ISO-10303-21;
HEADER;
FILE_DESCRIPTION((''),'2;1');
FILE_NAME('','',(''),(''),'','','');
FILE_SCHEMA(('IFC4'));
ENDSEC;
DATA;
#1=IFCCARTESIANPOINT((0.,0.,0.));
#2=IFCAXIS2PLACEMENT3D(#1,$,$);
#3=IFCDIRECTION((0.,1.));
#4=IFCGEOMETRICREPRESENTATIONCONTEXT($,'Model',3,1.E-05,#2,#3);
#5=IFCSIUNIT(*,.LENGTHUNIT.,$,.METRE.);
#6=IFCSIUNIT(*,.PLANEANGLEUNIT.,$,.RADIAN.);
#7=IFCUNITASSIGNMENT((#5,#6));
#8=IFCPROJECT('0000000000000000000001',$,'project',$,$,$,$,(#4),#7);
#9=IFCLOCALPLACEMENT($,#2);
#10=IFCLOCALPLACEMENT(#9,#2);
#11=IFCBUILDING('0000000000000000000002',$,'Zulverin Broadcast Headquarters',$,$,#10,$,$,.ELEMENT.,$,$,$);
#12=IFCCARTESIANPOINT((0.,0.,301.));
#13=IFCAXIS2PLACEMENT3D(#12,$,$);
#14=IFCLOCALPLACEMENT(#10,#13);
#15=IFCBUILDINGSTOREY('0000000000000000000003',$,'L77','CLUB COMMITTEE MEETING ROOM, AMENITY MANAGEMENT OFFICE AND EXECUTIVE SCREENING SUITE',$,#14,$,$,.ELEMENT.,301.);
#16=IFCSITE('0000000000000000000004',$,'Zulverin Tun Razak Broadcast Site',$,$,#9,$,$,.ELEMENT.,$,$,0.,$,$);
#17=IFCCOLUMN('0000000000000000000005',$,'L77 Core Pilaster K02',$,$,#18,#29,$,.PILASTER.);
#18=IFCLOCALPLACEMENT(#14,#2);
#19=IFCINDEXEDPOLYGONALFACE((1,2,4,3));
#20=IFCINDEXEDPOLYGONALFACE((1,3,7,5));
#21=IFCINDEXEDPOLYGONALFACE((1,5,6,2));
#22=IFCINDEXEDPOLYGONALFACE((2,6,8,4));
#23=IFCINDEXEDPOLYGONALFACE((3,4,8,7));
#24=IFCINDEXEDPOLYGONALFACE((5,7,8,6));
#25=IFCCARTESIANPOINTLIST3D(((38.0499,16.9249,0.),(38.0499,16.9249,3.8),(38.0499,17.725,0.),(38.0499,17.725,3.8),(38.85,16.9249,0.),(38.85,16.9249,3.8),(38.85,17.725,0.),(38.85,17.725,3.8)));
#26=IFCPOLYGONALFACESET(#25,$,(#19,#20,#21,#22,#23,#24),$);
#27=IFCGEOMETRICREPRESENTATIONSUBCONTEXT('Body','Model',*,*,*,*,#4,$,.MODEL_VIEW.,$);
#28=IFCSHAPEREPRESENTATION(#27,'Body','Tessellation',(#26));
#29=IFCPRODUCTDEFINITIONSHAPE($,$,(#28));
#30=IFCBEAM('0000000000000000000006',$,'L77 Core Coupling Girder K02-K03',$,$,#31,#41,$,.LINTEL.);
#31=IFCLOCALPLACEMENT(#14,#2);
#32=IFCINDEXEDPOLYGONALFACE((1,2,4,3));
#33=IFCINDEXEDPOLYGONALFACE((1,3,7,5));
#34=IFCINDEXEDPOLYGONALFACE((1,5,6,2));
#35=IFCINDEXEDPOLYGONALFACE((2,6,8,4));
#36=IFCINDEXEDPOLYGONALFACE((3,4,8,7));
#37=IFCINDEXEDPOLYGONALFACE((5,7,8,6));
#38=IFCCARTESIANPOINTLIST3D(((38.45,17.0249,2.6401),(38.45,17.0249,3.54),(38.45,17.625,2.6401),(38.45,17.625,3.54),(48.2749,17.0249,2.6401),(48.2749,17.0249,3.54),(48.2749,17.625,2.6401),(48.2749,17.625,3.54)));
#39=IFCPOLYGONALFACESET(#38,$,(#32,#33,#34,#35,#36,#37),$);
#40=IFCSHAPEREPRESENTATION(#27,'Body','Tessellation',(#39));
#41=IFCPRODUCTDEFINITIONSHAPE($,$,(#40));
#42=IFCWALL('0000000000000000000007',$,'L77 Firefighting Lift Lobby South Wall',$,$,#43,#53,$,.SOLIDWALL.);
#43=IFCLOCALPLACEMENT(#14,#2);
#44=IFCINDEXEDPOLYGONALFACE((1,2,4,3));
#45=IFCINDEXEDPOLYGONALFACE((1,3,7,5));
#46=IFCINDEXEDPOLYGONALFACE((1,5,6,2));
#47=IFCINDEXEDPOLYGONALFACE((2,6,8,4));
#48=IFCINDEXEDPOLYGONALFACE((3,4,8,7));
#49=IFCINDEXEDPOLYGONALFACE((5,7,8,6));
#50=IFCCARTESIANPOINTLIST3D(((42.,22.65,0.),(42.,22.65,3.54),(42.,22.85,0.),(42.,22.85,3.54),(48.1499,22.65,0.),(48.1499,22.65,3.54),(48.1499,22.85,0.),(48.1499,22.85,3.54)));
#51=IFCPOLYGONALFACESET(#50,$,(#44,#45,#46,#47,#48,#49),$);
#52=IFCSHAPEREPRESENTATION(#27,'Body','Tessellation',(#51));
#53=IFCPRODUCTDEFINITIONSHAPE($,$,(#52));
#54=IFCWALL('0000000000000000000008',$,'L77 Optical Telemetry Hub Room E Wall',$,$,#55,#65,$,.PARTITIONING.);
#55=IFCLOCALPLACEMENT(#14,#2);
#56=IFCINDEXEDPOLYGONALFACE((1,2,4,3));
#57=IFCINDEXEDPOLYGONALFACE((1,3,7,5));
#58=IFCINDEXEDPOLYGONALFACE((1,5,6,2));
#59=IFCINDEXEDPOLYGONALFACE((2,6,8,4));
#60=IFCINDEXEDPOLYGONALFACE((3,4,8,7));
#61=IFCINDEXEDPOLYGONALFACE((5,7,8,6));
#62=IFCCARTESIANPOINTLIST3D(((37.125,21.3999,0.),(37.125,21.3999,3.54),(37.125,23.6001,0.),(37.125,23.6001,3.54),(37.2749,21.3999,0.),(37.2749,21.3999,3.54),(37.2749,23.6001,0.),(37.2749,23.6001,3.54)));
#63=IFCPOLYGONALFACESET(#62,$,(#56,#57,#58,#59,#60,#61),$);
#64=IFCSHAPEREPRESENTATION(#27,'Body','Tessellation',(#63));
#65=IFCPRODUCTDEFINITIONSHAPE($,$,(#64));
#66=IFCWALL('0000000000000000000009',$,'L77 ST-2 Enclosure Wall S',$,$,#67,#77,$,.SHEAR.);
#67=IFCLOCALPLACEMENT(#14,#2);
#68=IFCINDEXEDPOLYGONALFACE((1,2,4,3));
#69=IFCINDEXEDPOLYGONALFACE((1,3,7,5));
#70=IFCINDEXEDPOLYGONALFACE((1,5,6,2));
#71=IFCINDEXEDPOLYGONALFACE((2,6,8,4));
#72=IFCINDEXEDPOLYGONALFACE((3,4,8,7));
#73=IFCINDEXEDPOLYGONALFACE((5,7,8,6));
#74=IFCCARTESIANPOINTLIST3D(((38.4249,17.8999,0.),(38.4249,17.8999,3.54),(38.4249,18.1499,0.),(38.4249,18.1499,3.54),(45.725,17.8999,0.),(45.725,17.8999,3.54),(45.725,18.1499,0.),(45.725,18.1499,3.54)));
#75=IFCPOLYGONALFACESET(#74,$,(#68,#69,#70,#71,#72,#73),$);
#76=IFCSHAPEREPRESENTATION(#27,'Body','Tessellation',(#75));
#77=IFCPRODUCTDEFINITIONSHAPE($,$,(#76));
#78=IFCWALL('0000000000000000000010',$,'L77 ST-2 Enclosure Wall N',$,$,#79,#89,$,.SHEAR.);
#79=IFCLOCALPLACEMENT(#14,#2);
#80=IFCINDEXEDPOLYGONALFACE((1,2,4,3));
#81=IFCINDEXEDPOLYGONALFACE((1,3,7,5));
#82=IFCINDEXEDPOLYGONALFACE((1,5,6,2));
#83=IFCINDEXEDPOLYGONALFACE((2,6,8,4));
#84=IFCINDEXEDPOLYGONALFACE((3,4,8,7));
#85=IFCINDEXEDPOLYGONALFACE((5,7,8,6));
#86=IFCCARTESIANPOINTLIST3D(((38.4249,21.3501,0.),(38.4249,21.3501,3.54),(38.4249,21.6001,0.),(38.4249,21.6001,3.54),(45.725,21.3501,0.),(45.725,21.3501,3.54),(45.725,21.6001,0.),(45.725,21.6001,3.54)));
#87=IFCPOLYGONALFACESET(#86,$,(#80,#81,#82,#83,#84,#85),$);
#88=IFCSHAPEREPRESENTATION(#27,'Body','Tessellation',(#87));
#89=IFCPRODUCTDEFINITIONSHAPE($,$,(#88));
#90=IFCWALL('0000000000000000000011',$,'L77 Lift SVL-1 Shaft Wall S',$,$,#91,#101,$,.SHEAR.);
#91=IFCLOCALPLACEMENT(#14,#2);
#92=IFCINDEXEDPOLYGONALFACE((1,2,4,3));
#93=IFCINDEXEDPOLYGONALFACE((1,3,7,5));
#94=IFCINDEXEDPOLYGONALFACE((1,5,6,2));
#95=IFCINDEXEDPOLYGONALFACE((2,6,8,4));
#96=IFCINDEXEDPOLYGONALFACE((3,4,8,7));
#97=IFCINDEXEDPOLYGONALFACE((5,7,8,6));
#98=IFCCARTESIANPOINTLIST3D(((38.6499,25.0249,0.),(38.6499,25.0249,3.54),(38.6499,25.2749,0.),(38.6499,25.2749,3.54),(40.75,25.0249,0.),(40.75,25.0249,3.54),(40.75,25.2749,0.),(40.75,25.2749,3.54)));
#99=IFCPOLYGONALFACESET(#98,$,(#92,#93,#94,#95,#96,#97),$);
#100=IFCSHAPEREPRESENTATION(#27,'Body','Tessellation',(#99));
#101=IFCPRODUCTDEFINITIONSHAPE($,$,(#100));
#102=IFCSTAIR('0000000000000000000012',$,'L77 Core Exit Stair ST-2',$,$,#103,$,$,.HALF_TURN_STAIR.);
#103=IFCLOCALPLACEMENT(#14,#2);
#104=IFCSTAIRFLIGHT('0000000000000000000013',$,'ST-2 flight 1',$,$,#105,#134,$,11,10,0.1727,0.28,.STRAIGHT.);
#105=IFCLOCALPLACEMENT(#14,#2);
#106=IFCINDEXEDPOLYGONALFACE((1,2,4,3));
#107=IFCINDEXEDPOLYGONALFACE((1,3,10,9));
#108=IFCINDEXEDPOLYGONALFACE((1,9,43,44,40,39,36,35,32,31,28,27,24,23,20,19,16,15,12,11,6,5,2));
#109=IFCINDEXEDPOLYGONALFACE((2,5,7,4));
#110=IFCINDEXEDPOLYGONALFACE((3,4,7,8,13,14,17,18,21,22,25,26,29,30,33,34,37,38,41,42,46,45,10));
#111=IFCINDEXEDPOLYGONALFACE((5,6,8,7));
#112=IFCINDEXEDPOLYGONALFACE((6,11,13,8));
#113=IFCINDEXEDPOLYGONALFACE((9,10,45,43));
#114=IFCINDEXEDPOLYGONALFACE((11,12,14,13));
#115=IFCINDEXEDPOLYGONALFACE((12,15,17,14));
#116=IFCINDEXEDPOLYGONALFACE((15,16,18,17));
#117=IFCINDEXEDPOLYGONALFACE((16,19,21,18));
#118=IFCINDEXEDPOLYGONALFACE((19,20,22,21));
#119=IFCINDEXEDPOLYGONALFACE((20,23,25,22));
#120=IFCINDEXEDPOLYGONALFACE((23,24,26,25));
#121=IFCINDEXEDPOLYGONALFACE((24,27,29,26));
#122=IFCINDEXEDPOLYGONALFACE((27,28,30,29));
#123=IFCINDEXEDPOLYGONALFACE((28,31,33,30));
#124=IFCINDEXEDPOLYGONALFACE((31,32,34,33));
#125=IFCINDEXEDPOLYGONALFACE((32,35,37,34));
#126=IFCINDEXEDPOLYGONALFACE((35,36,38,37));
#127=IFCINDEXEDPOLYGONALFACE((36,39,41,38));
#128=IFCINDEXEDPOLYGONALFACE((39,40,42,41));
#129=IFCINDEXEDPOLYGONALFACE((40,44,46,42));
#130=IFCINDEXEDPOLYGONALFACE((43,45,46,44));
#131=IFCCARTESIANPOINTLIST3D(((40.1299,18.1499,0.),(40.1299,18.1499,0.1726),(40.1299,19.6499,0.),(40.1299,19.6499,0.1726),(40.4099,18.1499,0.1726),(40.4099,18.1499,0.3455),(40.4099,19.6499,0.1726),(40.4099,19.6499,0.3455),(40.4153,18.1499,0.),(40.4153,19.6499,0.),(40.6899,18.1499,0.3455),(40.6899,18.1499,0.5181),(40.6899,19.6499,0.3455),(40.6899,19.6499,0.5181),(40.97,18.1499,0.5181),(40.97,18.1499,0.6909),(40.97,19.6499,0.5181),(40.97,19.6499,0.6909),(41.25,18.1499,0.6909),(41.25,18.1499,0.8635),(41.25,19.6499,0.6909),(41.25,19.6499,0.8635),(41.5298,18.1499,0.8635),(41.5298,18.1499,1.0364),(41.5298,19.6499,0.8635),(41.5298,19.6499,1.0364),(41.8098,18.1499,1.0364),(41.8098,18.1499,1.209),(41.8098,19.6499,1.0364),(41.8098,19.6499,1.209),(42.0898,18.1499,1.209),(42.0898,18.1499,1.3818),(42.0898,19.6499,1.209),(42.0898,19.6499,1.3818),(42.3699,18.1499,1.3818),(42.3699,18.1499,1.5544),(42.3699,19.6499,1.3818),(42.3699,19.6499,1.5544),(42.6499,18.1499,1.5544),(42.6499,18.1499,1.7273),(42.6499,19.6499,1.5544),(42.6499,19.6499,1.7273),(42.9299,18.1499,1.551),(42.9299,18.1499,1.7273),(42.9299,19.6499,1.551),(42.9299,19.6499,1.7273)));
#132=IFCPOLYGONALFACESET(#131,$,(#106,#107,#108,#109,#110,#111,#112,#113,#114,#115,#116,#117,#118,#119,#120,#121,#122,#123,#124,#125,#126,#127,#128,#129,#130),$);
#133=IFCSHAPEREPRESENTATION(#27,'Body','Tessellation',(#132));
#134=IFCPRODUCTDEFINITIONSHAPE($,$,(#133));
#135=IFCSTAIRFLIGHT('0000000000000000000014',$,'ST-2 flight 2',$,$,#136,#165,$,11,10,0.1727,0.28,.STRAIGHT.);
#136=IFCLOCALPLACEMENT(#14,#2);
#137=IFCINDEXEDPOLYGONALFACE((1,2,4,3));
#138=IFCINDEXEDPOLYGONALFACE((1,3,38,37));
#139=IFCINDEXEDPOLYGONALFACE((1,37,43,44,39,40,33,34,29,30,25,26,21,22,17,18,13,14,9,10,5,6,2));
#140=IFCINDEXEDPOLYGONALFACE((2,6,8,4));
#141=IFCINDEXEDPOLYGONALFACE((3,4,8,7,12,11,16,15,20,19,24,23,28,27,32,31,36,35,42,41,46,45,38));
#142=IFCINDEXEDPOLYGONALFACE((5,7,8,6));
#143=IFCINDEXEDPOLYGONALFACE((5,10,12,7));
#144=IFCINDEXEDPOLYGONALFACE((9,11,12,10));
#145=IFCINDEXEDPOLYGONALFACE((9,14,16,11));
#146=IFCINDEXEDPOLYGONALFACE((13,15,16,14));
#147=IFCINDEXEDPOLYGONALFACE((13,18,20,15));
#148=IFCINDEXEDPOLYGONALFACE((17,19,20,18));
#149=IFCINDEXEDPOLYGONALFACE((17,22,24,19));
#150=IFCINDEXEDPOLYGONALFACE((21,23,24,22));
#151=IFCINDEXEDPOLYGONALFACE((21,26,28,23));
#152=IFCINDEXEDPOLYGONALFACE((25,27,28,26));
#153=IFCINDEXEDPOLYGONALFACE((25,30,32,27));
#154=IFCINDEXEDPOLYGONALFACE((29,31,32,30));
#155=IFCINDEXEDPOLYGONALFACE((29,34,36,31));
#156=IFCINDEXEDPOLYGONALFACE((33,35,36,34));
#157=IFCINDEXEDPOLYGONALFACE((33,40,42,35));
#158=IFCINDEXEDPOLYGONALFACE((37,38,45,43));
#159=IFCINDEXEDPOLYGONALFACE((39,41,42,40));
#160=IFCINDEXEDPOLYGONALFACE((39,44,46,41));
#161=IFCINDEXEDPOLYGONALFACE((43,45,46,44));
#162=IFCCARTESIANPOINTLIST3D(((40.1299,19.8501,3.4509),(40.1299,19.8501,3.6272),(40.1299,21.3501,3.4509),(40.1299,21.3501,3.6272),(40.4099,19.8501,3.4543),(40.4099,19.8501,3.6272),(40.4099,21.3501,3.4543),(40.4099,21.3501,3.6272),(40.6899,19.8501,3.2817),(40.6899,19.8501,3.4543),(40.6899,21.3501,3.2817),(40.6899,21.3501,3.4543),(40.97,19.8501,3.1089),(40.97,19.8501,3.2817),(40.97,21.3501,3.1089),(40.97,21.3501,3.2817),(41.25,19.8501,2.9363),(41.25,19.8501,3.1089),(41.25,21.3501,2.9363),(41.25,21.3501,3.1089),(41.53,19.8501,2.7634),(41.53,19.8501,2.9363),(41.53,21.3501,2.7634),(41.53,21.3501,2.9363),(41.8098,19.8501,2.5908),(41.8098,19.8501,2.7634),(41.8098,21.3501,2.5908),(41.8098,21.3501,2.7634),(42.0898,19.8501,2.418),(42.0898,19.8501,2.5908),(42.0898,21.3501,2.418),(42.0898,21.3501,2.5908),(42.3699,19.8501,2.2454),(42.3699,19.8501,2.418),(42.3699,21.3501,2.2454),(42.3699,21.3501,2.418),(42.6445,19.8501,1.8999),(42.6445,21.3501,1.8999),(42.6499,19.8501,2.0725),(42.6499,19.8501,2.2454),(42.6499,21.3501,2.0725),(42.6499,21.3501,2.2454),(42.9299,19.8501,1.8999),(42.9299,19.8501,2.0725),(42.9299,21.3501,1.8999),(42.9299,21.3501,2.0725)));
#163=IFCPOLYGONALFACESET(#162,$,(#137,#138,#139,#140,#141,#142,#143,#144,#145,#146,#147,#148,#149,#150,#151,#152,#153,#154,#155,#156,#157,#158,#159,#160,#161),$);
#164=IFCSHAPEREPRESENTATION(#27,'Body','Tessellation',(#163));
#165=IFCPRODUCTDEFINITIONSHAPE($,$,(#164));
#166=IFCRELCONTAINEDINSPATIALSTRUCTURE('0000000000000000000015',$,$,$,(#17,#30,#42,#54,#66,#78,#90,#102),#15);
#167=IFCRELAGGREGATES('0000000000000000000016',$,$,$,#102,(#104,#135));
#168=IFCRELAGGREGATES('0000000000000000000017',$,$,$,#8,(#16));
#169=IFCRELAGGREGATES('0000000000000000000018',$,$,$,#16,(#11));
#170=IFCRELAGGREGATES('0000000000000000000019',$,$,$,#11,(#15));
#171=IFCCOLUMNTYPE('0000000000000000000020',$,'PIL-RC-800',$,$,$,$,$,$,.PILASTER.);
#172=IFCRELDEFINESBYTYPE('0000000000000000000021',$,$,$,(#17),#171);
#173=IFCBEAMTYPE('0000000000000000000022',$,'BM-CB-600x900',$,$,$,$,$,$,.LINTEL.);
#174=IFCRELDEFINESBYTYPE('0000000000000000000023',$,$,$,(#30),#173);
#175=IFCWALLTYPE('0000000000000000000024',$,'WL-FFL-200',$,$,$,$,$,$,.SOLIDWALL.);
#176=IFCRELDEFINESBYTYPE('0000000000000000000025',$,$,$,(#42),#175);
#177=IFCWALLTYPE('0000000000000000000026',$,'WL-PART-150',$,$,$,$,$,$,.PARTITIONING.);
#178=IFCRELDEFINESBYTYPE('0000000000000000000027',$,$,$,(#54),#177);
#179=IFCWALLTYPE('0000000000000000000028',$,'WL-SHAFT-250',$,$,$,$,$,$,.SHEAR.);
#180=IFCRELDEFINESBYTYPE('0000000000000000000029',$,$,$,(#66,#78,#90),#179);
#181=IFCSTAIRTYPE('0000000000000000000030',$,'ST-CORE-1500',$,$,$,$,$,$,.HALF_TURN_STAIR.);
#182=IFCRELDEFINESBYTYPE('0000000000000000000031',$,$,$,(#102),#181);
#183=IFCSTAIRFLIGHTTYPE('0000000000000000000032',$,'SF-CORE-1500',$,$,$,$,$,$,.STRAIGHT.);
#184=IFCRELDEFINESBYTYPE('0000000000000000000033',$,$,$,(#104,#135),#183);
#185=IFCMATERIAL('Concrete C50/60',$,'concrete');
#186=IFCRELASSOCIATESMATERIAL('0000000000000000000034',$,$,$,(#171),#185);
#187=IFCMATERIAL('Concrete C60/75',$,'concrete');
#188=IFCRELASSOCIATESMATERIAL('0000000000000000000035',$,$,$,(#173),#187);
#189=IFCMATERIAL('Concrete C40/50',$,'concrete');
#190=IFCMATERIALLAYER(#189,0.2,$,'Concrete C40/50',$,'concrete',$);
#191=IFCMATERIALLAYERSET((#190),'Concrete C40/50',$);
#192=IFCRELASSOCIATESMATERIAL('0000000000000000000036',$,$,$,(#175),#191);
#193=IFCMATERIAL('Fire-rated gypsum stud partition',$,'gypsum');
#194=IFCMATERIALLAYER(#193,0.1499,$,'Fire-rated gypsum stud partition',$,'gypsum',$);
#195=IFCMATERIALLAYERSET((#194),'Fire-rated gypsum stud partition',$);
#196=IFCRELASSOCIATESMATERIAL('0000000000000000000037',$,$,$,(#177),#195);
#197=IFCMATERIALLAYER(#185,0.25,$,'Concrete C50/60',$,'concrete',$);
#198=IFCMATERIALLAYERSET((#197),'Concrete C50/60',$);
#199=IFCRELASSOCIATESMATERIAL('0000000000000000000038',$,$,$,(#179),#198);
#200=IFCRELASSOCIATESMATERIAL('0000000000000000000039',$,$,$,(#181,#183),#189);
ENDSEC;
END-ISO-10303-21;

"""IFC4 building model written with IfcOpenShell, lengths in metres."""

from ifc_helpers import new_model, si_unit, direction, frame, frame_2d, origin, origin_2d, place, context, subcontext, project, spatial, polyline, rectangle, outline, extrude, material, layer, layer_set, material_profile, profile_set, type_object, element, aggregate, save


model = new_model("IFC4")

# Units and contexts
model_context = context("Model", 3, precision=1e-05, world=origin(), true_north=direction((0.0, 1.0)))
body_context = subcontext(model_context, "Body", "Model", "MODEL_VIEW")
ifc_project = project(units=[si_unit("LENGTHUNIT", "METRE"), si_unit("PLANEANGLEUNIT", "RADIAN")], contexts=[model_context])

# Site, building, storey
site_placement = place(None, origin())
site = spatial("IfcSite", under=ifc_project, at=site_placement, Name="Zulverin Tun Razak Broadcast Site", CompositionType="ELEMENT", RefElevation=0.0)
building_placement = place(site_placement, origin())
building = spatial("IfcBuilding", under=site, at=building_placement, Name="Zulverin Broadcast Headquarters", CompositionType="ELEMENT")
storey_placement = place(building_placement, frame((0.0, 0.0, 301.0)))
storey = spatial("IfcBuildingStorey", under=building, at=storey_placement, Name="L77", Description="CLUB COMMITTEE MEETING ROOM, AMENITY MANAGEMENT OFFICE AND EXECUTIVE SCREENING SUITE", CompositionType="ELEMENT", Elevation=301.0)

# Column
ifc_material_1 = material(Name="Concrete C50/60", Category="concrete")
ifc_material_profile_1 = material_profile(ifc_material_1, rectangle(XDim=0.8, YDim=0.8, at=origin_2d()), Name="Concrete C50/60", Category="concrete")
ifc_profile_set_1 = profile_set([ifc_material_profile_1], Name="Concrete C50/60")
column_type = type_object("IfcColumnType", Name="PIL-RC-800", PredefinedType="PILASTER", material=ifc_profile_set_1)
column_placement = place(storey_placement, frame((38.45, 17.325, 0.0), z_axis=(0.0, 0.0, 1.0), x_axis=(1.0, 0.0, 0.0)))
element("IfcColumn", 1, at=column_placement, inside=storey, type_object=column_type, Name="L77 Core Pilaster K02", PredefinedType="PILASTER", context=body_context, shape_type="SweptSolid", body=[
    extrude(rectangle(XDim=0.8, YDim=0.8, at=origin_2d()), origin(), (0.0, 0.0, 1.0), 3.8),
])

# Beam
ifc_material_2 = material(Name="Concrete C60/75", Category="concrete")
ifc_material_profile_2 = material_profile(ifc_material_2, rectangle(XDim=0.6001, YDim=0.8999, at=origin_2d()), Name="Concrete C60/75", Category="concrete")
ifc_profile_set_2 = profile_set([ifc_material_profile_2], Name="Concrete C60/75")
beam_type = type_object("IfcBeamType", Name="BM-CB-600x900", PredefinedType="LINTEL", material=ifc_profile_set_2)
beam_placement = place(storey_placement, frame((38.45, 17.325, 3.0901), z_axis=(1.0, 0.0, 0.0), x_axis=(0.0, 1.0, 0.0)))
element("IfcBeam", 2, at=beam_placement, inside=storey, type_object=beam_type, Name="L77 Core Coupling Girder K02-K03", PredefinedType="LINTEL", context=body_context, shape_type="SweptSolid", body=[
    extrude(rectangle(XDim=0.6001, YDim=0.8999, at=origin_2d()), origin(), (0.0, 0.0, 1.0), 9.825),
])

# Shared definitions
ifc_material_3 = material(Name="Concrete C40/50", Category="concrete")
ifc_layer_1 = layer(ifc_material_3, 0.2, Name="Concrete C40/50", Category="concrete")
ifc_layer_set_1 = layer_set([ifc_layer_1], Name="Concrete C40/50")
wall_type_1 = type_object("IfcWallType", Name="WL-FFL-200", PredefinedType="SOLIDWALL", material=ifc_layer_set_1)

# Walls
wall_1_placement = place(storey_placement, frame((42.0, 22.75, 0.0), z_axis=(0.0, 0.0, 1.0), x_axis=(1.0, 0.0, 0.0)))
element("IfcWall", 3, at=wall_1_placement, inside=storey, type_object=wall_type_1, Name="L77 Firefighting Lift Lobby South Wall", PredefinedType="SOLIDWALL", context=body_context, shape_type="SweptSolid", body=[
    extrude(rectangle(XDim=6.1499, YDim=0.2, at=frame_2d((3.075, 0.0))), origin(), (0.0, 0.0, 1.0), 3.54),
])
ifc_material_4 = material(Name="Fire-rated gypsum stud partition", Category="gypsum")
ifc_layer_2 = layer(ifc_material_4, 0.1499, Name="Fire-rated gypsum stud partition", Category="gypsum")
ifc_layer_set_2 = layer_set([ifc_layer_2], Name="Fire-rated gypsum stud partition")
wall_type_2 = type_object("IfcWallType", Name="WL-PART-150", PredefinedType="PARTITIONING", material=ifc_layer_set_2)
wall_2_placement = place(storey_placement, frame((37.2, 21.3999, 0.0), z_axis=(0.0, 0.0, 1.0), x_axis=(0.0, 1.0, 0.0)))
element("IfcWall", 4, at=wall_2_placement, inside=storey, type_object=wall_type_2, Name="L77 Optical Telemetry Hub Room E Wall", PredefinedType="PARTITIONING", context=body_context, shape_type="SweptSolid", body=[
    extrude(rectangle(XDim=2.2002, YDim=0.1499, at=frame_2d((1.1001, 0.0))), origin(), (0.0, 0.0, 1.0), 3.54),
])
ifc_layer_3 = layer(ifc_material_1, 0.25, Name="Concrete C50/60", Category="concrete")
ifc_layer_set_3 = layer_set([ifc_layer_3], Name="Concrete C50/60")
wall_type_3 = type_object("IfcWallType", Name="WL-SHAFT-250", PredefinedType="SHEAR", material=ifc_layer_set_3)
for number, where, z_axis, x_axis, name in (
    (5, (38.425, 18.0249, 0.0), (0.0, 0.0, 1.0), (1.0, 0.0, 0.0), "L77 ST-2 Enclosure Wall S"),
    (6, (38.425, 21.4751, 0.0), (0.0, 0.0, 1.0), (1.0, 0.0, 0.0), "L77 ST-2 Enclosure Wall N"),
):
    element("IfcWall", number, at=place(storey_placement, frame(where, z_axis=z_axis, x_axis=x_axis)), inside=storey, type_object=wall_type_3, Name=name, PredefinedType="SHEAR", context=body_context, shape_type="SweptSolid", body=[
        extrude(rectangle(XDim=7.3, YDim=0.25, at=frame_2d((3.6499, 0.0))), origin(), (0.0, 0.0, 1.0), 3.54),
    ])

# Wall
wall_3_placement = place(storey_placement, frame((38.6499, 25.1499, 0.0), z_axis=(0.0, 0.0, 1.0), x_axis=(1.0, 0.0, 0.0)))
element("IfcWall", 7, at=wall_3_placement, inside=storey, type_object=wall_type_3, Name="L77 Lift SVL-1 Shaft Wall S", PredefinedType="SHEAR", context=body_context, shape_type="SweptSolid", body=[
    extrude(rectangle(XDim=2.1001, YDim=0.25, at=frame_2d((1.05, 0.0))), origin(), (0.0, 0.0, 1.0), 3.54),
])

# Stair, stair flights
stair_type = type_object("IfcStairType", Name="ST-CORE-1500", PredefinedType="HALF_TURN_STAIR", material=ifc_material_3)
stair_placement = place(storey_placement, origin())
stair = element("IfcStair", 8, at=stair_placement, inside=storey, type_object=stair_type, Name="L77 Core Exit Stair ST-2", PredefinedType="HALF_TURN_STAIR")
stair_flight_type = type_object("IfcStairFlightType", Name="SF-CORE-1500", PredefinedType="STRAIGHT", material=ifc_material_3)
stair_flight_1_placement = place(storey_placement, frame((40.1299, 18.8999, 0.0), z_axis=(0.0, 0.0, 1.0), x_axis=(1.0, 0.0, 0.0)))
stair_flight_1 = element("IfcStairFlight", 9, at=stair_flight_1_placement, type_object=stair_flight_type, Name="ST-2 flight 1", NumberOfRisers=11, NumberOfTreads=10, PredefinedType="STRAIGHT", RiserHeight=0.1727, TreadLength=0.28, context=body_context, shape_type="SweptSolid", body=[
    extrude(outline(polyline([(0.0, 0.0), (0.0, 0.1726), (0.28, 0.1726), (0.28, 0.3455), (0.5601, 0.3455), (0.5601, 0.5181), (0.8401, 0.5181), (0.8401, 0.6909), (1.1201, 0.6909), (1.1201, 0.8635), (1.3999, 0.8635), (1.3999, 1.0364), (1.6799, 1.0364), (1.6799, 1.209), (1.96, 1.209), (1.96, 1.3818), (2.24, 1.3818), (2.24, 1.5544), (2.52, 1.5544), (2.52, 1.7273), (2.8, 1.7273), (2.8, 1.8999), (2.8, 1.551), (0.2854, 0.0), (0.0, 0.0)])), frame((0.0, 0.75, 0.0), z_axis=(0.0, -1.0, 0.0), x_axis=(1.0, 0.0, 0.0)), (0.0, 0.0, 1.0), 1.5),
])
stair_flight_2_placement = place(storey_placement, frame((42.9299, 20.6001, 1.8999), z_axis=(0.0, 0.0, 1.0), x_axis=(-1.0, 0.0, 0.0)))
stair_flight_2 = element("IfcStairFlight", 10, at=stair_flight_2_placement, type_object=stair_flight_type, Name="ST-2 flight 2", NumberOfRisers=11, NumberOfTreads=10, PredefinedType="STRAIGHT", RiserHeight=0.1727, TreadLength=0.28, context=body_context, shape_type="SweptSolid", body=[
    extrude(outline(polyline([(0.0, 0.0), (0.0, 0.1726), (0.28, 0.1726), (0.28, 0.3455), (0.5601, 0.3455), (0.5601, 0.5181), (0.8401, 0.5181), (0.8401, 0.6909), (1.1201, 0.6909), (1.1201, 0.8635), (1.3999, 0.8635), (1.3999, 1.0364), (1.6799, 1.0364), (1.6799, 1.209), (1.96, 1.209), (1.96, 1.3818), (2.24, 1.3818), (2.24, 1.5544), (2.52, 1.5544), (2.52, 1.7273), (2.8, 1.7273), (2.8, 1.8999), (2.8, 1.551), (0.2854, 0.0), (0.0, 0.0)])), frame((0.0, 0.75, 0.0), z_axis=(0.0, -1.0, 0.0), x_axis=(1.0, 0.0, 0.0)), (0.0, 0.0, 1.0), 1.5),
])
aggregate(stair, [stair_flight_1, stair_flight_2])

save(model, "model.ifc")
